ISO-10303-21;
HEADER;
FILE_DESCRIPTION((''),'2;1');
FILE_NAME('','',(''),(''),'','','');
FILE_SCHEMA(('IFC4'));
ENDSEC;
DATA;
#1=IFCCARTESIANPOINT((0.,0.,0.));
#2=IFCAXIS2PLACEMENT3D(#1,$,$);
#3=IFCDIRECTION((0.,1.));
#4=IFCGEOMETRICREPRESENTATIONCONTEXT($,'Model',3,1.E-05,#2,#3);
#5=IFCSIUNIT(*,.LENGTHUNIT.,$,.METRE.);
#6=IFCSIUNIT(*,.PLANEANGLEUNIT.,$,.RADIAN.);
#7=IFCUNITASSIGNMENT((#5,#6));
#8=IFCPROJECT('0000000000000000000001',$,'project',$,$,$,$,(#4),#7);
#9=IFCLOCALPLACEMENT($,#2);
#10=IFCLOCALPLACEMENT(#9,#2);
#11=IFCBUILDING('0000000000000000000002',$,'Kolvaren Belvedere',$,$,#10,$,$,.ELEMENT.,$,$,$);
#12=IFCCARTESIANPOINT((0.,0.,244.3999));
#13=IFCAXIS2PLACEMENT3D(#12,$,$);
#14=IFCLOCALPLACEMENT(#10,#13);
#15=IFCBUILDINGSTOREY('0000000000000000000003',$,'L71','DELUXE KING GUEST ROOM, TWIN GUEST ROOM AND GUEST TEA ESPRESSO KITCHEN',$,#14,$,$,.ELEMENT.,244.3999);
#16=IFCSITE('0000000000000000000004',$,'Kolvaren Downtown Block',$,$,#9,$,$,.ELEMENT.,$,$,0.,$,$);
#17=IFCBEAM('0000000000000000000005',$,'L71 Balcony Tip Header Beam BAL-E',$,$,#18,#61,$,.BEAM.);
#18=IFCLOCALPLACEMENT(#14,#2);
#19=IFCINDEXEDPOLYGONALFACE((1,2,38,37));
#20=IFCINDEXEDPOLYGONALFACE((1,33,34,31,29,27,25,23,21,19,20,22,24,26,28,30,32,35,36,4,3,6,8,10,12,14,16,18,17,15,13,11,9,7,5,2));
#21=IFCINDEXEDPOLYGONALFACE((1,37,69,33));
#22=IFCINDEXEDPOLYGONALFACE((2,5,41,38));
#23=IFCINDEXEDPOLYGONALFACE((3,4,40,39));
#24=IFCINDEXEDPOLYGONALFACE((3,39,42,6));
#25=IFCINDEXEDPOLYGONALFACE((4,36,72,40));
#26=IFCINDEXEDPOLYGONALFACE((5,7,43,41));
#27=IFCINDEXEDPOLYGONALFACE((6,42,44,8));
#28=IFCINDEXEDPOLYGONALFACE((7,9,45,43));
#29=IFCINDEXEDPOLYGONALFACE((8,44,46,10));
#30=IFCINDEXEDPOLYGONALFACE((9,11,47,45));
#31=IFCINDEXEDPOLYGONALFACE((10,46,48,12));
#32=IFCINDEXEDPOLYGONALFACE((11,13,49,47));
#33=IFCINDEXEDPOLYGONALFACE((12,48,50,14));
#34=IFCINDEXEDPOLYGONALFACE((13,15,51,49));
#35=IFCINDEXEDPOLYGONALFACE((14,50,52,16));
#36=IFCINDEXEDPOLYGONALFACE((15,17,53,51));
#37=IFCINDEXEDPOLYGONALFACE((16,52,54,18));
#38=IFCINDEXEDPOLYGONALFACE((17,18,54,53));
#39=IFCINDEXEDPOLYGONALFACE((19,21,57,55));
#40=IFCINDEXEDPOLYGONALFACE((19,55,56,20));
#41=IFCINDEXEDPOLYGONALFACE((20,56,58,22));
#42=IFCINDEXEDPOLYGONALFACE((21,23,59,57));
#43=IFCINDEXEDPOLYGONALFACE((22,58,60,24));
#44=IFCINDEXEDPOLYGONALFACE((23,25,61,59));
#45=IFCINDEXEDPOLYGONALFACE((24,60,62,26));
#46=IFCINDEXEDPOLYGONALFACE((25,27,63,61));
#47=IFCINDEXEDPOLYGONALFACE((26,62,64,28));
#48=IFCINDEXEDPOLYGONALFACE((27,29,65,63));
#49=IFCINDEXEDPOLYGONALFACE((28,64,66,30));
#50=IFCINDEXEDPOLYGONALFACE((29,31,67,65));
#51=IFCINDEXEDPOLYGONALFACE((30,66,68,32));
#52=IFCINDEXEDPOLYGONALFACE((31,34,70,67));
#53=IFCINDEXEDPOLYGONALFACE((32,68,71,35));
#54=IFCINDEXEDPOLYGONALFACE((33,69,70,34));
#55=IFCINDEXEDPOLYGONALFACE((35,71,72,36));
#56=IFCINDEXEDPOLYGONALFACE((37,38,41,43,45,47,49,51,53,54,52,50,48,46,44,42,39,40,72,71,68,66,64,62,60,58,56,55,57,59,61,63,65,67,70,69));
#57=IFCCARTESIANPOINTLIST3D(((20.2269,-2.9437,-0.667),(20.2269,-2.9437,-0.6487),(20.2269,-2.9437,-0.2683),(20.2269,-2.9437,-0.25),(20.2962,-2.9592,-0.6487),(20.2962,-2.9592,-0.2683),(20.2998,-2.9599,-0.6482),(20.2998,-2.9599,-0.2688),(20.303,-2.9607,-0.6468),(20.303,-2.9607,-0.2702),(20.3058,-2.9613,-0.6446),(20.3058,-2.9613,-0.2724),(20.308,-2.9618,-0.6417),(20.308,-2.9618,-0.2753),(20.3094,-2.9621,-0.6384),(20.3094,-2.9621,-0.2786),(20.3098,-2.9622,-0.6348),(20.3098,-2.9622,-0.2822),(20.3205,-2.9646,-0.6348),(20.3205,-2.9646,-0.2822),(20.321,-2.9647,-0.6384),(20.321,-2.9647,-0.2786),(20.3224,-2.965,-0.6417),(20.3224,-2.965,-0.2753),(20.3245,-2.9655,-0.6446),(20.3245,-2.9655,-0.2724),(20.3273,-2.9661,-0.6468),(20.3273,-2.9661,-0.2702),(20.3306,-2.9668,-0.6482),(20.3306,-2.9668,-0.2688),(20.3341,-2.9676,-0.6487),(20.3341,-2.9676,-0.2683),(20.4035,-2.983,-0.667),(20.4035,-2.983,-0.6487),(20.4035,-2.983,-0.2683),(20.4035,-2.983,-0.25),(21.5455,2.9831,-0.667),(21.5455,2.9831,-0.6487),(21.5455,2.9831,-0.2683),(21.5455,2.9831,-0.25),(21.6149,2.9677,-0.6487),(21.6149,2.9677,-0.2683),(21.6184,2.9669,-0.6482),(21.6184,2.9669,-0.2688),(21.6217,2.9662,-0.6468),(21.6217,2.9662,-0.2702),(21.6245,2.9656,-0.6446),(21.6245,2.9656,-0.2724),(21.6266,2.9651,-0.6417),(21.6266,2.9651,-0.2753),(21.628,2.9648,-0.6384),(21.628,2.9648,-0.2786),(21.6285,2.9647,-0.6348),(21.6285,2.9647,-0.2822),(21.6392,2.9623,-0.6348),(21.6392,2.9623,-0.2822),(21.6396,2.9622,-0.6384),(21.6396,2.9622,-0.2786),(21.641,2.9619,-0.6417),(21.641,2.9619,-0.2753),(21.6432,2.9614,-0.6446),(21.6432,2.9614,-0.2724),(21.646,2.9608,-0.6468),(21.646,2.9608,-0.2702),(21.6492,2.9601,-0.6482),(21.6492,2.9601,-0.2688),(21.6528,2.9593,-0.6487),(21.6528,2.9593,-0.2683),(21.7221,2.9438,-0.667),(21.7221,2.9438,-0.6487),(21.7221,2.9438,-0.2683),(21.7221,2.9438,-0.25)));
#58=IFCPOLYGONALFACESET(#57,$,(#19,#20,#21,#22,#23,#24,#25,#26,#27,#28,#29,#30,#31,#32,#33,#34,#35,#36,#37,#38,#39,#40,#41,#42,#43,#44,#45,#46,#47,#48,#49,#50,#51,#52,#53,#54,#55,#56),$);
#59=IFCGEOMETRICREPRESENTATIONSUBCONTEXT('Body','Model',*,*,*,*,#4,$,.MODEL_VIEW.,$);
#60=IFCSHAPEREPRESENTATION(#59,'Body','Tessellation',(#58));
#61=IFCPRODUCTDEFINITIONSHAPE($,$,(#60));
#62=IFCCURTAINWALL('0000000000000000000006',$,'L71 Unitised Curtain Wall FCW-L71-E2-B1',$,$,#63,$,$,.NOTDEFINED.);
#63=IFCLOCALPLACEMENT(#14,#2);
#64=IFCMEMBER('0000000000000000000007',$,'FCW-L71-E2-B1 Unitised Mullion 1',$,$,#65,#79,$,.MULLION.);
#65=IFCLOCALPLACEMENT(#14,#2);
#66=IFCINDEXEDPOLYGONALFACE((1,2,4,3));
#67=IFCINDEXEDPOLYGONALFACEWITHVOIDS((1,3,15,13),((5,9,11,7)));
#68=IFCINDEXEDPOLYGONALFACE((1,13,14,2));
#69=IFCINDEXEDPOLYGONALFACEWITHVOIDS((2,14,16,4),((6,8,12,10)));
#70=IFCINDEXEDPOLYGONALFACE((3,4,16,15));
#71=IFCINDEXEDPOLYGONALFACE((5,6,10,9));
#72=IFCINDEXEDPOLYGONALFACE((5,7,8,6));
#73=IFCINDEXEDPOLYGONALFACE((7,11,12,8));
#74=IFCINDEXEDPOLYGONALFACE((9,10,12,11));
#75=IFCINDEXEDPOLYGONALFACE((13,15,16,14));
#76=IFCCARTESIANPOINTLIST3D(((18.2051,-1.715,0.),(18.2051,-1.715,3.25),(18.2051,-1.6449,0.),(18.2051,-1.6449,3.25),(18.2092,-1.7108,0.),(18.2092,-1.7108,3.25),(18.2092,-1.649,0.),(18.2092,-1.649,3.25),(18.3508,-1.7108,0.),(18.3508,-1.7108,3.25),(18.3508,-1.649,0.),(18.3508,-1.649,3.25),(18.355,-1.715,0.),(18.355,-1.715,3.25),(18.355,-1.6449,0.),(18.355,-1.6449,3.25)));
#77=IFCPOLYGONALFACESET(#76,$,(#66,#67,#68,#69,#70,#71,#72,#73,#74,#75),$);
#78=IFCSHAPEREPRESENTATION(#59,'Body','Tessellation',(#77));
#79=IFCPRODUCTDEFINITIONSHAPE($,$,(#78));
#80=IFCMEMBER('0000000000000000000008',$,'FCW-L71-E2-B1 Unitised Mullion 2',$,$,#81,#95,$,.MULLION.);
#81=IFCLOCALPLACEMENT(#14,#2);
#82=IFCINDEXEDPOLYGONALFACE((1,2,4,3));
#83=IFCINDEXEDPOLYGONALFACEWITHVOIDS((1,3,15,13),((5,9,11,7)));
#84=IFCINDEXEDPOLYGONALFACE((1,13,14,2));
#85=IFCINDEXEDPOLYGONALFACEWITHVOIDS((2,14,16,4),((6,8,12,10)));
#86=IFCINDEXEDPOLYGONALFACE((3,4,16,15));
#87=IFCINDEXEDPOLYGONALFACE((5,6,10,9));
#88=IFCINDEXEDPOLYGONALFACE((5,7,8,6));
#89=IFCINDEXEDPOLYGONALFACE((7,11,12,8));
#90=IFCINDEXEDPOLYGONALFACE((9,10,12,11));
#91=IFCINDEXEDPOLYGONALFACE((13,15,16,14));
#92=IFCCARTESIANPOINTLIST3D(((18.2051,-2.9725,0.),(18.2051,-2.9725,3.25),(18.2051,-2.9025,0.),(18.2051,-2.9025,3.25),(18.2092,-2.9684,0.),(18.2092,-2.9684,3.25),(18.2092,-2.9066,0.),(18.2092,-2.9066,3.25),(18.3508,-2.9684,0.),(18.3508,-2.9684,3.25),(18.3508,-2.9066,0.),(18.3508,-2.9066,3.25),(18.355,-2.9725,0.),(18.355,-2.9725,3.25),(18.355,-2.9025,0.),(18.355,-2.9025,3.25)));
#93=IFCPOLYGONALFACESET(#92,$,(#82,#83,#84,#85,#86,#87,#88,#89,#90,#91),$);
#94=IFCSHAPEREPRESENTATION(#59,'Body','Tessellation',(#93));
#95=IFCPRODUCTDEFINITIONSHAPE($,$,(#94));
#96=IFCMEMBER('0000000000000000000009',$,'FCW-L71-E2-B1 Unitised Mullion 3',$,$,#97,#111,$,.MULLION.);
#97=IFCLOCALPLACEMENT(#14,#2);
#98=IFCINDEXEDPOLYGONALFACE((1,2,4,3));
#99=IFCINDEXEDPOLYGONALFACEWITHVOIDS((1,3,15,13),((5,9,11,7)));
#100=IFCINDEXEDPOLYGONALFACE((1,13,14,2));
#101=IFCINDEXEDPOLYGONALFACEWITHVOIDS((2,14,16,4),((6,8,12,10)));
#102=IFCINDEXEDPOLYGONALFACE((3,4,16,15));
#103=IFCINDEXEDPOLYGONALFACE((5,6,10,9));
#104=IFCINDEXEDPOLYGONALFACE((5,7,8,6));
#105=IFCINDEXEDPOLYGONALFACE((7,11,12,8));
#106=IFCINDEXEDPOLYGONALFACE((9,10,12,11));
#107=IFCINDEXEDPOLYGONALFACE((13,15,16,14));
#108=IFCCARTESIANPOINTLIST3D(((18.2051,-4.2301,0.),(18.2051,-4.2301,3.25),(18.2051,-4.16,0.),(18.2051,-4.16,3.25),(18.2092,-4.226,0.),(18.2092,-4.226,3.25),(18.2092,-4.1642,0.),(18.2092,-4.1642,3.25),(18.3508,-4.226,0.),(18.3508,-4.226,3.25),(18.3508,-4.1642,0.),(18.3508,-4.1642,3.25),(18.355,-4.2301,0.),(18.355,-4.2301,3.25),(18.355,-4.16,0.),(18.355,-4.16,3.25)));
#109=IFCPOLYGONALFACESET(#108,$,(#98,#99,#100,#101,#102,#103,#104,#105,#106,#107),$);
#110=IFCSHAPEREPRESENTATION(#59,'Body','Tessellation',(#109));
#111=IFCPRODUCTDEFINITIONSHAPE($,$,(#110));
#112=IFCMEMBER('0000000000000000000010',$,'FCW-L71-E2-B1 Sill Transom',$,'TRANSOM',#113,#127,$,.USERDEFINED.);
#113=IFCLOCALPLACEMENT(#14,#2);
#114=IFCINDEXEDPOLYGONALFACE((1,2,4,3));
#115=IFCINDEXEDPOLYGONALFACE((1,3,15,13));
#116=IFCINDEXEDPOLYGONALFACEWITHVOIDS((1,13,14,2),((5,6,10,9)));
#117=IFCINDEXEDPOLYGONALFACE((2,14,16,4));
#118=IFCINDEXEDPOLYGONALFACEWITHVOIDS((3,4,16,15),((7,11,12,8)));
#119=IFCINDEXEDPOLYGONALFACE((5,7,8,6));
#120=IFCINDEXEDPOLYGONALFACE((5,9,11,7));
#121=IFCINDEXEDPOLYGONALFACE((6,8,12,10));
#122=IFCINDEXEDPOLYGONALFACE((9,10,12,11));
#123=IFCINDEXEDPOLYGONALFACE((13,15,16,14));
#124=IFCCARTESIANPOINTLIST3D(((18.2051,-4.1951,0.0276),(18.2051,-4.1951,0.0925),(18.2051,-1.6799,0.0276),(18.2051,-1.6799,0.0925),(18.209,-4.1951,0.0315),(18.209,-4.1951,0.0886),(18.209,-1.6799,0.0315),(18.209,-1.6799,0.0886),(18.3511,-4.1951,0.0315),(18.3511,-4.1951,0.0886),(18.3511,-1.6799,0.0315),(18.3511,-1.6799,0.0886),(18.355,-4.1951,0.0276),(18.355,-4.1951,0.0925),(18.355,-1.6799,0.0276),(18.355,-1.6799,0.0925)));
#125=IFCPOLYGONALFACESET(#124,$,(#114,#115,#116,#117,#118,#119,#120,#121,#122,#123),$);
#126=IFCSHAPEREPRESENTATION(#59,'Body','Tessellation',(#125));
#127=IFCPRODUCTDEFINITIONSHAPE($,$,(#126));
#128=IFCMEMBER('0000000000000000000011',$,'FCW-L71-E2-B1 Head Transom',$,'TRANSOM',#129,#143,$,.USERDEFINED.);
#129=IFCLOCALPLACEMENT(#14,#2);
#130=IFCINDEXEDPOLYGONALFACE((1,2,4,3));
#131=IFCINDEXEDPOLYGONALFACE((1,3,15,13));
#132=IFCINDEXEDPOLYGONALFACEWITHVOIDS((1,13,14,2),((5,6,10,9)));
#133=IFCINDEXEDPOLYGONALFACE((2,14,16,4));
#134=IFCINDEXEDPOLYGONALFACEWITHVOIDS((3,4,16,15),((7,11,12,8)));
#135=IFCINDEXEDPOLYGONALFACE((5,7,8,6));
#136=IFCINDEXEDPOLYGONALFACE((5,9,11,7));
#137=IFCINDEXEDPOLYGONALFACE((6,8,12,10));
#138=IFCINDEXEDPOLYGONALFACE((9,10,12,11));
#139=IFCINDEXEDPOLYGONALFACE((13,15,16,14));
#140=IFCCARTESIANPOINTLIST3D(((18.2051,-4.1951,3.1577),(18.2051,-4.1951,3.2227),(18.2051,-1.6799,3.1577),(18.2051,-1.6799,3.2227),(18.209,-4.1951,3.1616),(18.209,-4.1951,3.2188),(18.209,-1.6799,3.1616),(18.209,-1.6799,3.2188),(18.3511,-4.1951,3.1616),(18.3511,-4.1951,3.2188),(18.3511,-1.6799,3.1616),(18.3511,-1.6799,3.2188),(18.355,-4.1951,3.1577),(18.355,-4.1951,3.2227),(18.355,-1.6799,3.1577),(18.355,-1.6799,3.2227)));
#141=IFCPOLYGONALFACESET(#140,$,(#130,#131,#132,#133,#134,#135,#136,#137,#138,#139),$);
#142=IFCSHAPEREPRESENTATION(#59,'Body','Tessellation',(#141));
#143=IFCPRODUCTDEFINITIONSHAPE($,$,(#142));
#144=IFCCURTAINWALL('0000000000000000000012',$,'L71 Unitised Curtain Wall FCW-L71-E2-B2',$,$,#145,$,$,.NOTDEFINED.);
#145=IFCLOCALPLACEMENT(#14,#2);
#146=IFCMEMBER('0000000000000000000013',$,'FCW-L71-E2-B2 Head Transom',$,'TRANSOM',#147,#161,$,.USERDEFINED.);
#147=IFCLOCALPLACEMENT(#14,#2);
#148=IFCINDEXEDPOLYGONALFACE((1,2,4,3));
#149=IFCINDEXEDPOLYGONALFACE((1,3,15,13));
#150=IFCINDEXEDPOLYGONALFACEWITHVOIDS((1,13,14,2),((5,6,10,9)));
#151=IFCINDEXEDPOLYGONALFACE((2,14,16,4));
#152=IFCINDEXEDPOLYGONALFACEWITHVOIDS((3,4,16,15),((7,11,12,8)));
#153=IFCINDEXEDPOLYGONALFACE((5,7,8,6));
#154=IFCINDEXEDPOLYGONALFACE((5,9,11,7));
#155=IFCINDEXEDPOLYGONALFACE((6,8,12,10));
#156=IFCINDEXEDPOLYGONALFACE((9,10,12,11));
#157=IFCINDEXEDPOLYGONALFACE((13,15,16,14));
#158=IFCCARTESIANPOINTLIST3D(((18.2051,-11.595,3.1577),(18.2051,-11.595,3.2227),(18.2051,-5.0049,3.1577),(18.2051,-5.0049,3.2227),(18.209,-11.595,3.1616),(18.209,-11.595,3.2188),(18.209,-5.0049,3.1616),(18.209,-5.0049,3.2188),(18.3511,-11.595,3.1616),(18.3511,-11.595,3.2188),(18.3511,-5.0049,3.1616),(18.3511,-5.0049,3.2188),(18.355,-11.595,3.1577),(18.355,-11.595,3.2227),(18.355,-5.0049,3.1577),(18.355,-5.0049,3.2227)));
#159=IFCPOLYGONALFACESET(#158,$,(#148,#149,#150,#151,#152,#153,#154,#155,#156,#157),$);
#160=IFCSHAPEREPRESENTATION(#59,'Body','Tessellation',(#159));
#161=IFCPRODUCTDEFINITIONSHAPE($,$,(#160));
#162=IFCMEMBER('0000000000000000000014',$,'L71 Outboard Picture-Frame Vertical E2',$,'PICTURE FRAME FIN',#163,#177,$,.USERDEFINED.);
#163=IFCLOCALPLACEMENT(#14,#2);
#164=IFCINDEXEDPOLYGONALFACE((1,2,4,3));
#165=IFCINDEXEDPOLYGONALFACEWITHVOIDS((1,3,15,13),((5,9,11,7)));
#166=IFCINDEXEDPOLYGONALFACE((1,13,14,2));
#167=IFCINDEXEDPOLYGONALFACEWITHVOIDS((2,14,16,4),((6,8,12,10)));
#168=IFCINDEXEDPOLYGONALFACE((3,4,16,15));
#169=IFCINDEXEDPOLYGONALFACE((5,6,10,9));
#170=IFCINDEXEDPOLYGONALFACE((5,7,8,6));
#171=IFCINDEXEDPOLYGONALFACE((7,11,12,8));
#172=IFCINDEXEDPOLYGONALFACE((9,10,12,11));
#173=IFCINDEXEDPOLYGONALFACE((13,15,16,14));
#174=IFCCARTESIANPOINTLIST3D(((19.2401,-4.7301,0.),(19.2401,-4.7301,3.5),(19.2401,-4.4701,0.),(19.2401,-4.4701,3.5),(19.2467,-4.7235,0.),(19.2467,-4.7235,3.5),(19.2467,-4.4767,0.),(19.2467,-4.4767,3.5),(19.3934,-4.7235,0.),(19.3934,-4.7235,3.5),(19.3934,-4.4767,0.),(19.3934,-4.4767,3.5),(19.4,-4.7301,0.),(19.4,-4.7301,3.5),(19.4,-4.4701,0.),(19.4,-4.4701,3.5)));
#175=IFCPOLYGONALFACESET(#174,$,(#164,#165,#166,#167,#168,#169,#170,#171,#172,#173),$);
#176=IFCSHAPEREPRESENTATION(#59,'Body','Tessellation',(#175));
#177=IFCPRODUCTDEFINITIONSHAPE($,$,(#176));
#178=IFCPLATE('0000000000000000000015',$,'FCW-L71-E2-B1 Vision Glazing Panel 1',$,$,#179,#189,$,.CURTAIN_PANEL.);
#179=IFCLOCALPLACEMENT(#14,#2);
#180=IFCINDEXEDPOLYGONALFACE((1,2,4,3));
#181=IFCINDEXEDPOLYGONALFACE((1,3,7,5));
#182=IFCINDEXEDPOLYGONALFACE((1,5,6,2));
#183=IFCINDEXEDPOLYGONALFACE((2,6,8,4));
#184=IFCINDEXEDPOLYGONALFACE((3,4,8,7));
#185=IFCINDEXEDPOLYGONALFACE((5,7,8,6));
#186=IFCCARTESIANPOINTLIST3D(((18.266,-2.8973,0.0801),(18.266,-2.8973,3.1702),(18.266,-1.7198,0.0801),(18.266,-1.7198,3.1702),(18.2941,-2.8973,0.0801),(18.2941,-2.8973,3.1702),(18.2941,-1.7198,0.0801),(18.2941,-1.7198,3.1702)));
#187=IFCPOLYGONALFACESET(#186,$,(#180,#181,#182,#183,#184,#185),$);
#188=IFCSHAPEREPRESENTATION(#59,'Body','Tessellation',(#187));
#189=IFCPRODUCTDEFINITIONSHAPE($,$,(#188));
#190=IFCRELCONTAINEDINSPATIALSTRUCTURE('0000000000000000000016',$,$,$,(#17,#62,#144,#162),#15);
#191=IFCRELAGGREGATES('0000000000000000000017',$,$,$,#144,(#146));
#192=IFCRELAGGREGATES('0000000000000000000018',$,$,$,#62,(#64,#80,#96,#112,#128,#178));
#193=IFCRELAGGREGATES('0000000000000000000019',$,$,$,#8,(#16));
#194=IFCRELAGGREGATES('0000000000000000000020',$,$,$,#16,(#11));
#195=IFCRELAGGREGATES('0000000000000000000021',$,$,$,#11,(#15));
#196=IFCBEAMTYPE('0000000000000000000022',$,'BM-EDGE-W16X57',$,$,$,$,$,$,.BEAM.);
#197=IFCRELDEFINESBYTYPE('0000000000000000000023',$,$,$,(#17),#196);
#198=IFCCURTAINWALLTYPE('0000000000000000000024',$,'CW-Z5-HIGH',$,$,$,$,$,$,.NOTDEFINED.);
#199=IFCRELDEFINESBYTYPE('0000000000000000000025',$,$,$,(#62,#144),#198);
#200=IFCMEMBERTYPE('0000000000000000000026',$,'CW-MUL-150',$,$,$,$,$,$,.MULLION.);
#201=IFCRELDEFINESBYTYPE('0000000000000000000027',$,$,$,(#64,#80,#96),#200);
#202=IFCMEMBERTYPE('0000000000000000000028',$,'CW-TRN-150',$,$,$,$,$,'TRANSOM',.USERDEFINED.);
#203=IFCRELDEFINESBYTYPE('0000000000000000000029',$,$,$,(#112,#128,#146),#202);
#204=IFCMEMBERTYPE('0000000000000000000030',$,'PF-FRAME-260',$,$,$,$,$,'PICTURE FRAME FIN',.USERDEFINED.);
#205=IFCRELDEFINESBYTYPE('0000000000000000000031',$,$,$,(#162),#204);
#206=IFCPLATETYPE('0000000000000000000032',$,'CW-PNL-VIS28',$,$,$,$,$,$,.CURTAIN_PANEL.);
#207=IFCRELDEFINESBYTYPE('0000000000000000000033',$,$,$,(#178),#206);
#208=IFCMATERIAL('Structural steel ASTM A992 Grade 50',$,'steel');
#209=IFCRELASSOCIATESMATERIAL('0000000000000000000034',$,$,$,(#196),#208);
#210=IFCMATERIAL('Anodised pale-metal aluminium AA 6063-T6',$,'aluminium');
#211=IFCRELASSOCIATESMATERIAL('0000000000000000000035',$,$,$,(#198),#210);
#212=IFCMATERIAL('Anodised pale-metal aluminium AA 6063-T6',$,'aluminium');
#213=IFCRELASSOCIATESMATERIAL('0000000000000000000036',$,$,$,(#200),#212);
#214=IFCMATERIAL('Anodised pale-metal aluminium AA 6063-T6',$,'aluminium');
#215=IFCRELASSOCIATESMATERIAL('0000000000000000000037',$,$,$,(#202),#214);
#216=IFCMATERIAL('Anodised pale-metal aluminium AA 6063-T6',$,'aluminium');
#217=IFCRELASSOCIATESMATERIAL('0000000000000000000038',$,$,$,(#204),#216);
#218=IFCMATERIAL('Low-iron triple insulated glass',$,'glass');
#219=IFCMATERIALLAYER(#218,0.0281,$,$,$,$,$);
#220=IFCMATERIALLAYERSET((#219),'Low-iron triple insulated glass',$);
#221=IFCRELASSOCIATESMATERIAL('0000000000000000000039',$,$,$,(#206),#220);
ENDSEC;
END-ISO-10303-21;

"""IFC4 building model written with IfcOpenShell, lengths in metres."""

from ifc_helpers import new_model, si_unit, direction, frame, origin, origin_2d, place, context, subcontext, project, spatial, rectangle, hollow_rectangle, i_section, extrude, material, layer, layer_set, material_profile, profile_set, type_object, element, aggregate, save


model = new_model("IFC4")

# Units and contexts
model_context = context("Model", 3, precision=1e-05, world=origin(), true_north=direction((0.0, 1.0)))
body_context = subcontext(model_context, "Body", "Model", "MODEL_VIEW")
ifc_project = project(units=[si_unit("LENGTHUNIT", "METRE"), si_unit("PLANEANGLEUNIT", "RADIAN")], contexts=[model_context])

# Site, building, storey
site_placement = place(None, origin())
site = spatial("IfcSite", under=ifc_project, at=site_placement, Name="Kolvaren Downtown Block", CompositionType="ELEMENT", RefElevation=0.0)
building_placement = place(site_placement, origin())
building = spatial("IfcBuilding", under=site, at=building_placement, Name="Kolvaren Belvedere", CompositionType="ELEMENT")
storey_placement = place(building_placement, frame((0.0, 0.0, 244.3999)))
storey = spatial("IfcBuildingStorey", under=building, at=storey_placement, Name="L71", Description="DELUXE KING GUEST ROOM, TWIN GUEST ROOM AND GUEST TEA ESPRESSO KITCHEN", CompositionType="ELEMENT", Elevation=244.3999)

# Beam
ifc_material_1 = material(Name="Structural steel ASTM A992 Grade 50", Category="steel")
ifc_material_profile_1 = material_profile(ifc_material_1, i_section(OverallWidth=0.1809, OverallDepth=0.417, WebThickness=0.011, FlangeThickness=0.0183, FilletRadius=0.0139, at=origin_2d()), Name="W16X57")
ifc_profile_set_1 = profile_set([ifc_material_profile_1], Name="Structural steel ASTM A992 Grade 50")
beam_type = type_object("IfcBeamType", Name="BM-EDGE-W16X57", PredefinedType="BEAM", material=ifc_profile_set_1)
beam_placement = place(storey_placement, frame((20.3152, -2.9634, -0.4585), z_axis=(0.217173, 0.976133, 0.0), x_axis=(-0.976133, 0.217173, 0.0)))
element("IfcBeam", 1, at=beam_placement, inside=storey, type_object=beam_type, Name="L71 Balcony Tip Header Beam BAL-E", PredefinedType="BEAM", context=body_context, shape_type="SweptSolid", body=[
    extrude(i_section(OverallWidth=0.1809, OverallDepth=0.417, WebThickness=0.011, FlangeThickness=0.0183, FilletRadius=0.0139, at=origin_2d()), origin(), (0.0, 0.0, 1.0), 6.0718),
])

# Curtain wall, members
ifc_material_2 = material(Name="Anodised pale-metal aluminium AA 6063-T6", Category="aluminium")
curtain_wall_type = type_object("IfcCurtainWallType", Name="CW-Z5-HIGH", PredefinedType="NOTDEFINED", material=ifc_material_2)
curtain_wall_1_placement = place(storey_placement, origin())
curtain_wall_1 = element("IfcCurtainWall", 2, at=curtain_wall_1_placement, inside=storey, type_object=curtain_wall_type, Name="L71 Unitised Curtain Wall FCW-L71-E2-B1", PredefinedType="NOTDEFINED")
ifc_material_3 = material(Name="Anodised pale-metal aluminium AA 6063-T6", Category="aluminium")
ifc_material_profile_2 = material_profile(ifc_material_3, hollow_rectangle(XDim=0.0701, YDim=0.1499, WallThickness=0.0042, at=origin_2d()), Name="ALU-MUL-150X70")
ifc_profile_set_2 = profile_set([ifc_material_profile_2], Name="Anodised pale-metal aluminium AA 6063-T6")
member_type_1 = type_object("IfcMemberType", Name="CW-MUL-150", PredefinedType="MULLION", material=ifc_profile_set_2)
member_1_placement = place(storey_placement, frame((18.28, -1.6799, 0.0), z_axis=(0.0, 0.0, 1.0), x_axis=(0.0, 1.0, 0.0)))
member_1 = element("IfcMember", 3, at=member_1_placement, type_object=member_type_1, Name="FCW-L71-E2-B1 Unitised Mullion 1", PredefinedType="MULLION", context=body_context, shape_type="SweptSolid", body=[
    extrude(hollow_rectangle(XDim=0.0701, YDim=0.1499, WallThickness=0.0042, at=origin_2d()), origin(), (0.0, 0.0, 1.0), 3.25),
])
member_2_placement = place(storey_placement, frame((18.28, -2.9375, 0.0), z_axis=(0.0, 0.0, 1.0), x_axis=(0.0, 1.0, 0.0)))
member_2 = element("IfcMember", 4, at=member_2_placement, type_object=member_type_1, Name="FCW-L71-E2-B1 Unitised Mullion 2", PredefinedType="MULLION", context=body_context, shape_type="SweptSolid", body=[
    extrude(hollow_rectangle(XDim=0.0701, YDim=0.1499, WallThickness=0.0042, at=origin_2d()), origin(), (0.0, 0.0, 1.0), 3.25),
])
member_3_placement = place(storey_placement, frame((18.28, -4.1951, 0.0), z_axis=(0.0, 0.0, 1.0), x_axis=(0.0, 1.0, 0.0)))
member_3 = element("IfcMember", 5, at=member_3_placement, type_object=member_type_1, Name="FCW-L71-E2-B1 Unitised Mullion 3", PredefinedType="MULLION", context=body_context, shape_type="SweptSolid", body=[
    extrude(hollow_rectangle(XDim=0.0701, YDim=0.1499, WallThickness=0.0042, at=origin_2d()), origin(), (0.0, 0.0, 1.0), 3.25),
])
ifc_material_4 = material(Name="Anodised pale-metal aluminium AA 6063-T6", Category="aluminium")
ifc_material_profile_3 = material_profile(ifc_material_4, hollow_rectangle(XDim=0.0649, YDim=0.1499, WallThickness=0.0039, at=origin_2d()), Name="ALU-TRN-150X65")
ifc_profile_set_3 = profile_set([ifc_material_profile_3], Name="Anodised pale-metal aluminium AA 6063-T6")
member_type_2 = type_object("IfcMemberType", Name="CW-TRN-150", ElementType="TRANSOM", PredefinedType="USERDEFINED", material=ifc_profile_set_3)
member_4_placement = place(storey_placement, frame((18.28, -1.6799, 0.0601), z_axis=(0.0, -1.0, 0.0), x_axis=(0.0, 0.0, 1.0)))
member_4 = element("IfcMember", 6, at=member_4_placement, type_object=member_type_2, Name="FCW-L71-E2-B1 Sill Transom", ObjectType="TRANSOM", PredefinedType="USERDEFINED", context=body_context, shape_type="SweptSolid", body=[
    extrude(hollow_rectangle(XDim=0.0649, YDim=0.1499, WallThickness=0.0039, at=origin_2d()), origin(), (0.0, 0.0, 1.0), 2.5151),
])
member_5_placement = place(storey_placement, frame((18.28, -1.6799, 3.1902), z_axis=(0.0, -1.0, 0.0), x_axis=(0.0, 0.0, 1.0)))
member_5 = element("IfcMember", 7, at=member_5_placement, type_object=member_type_2, Name="FCW-L71-E2-B1 Head Transom", ObjectType="TRANSOM", PredefinedType="USERDEFINED", context=body_context, shape_type="SweptSolid", body=[
    extrude(hollow_rectangle(XDim=0.0649, YDim=0.1499, WallThickness=0.0039, at=origin_2d()), origin(), (0.0, 0.0, 1.0), 2.5151),
])

# Curtain wall, member
curtain_wall_2_placement = place(storey_placement, origin())
curtain_wall_2 = element("IfcCurtainWall", 8, at=curtain_wall_2_placement, inside=storey, type_object=curtain_wall_type, Name="L71 Unitised Curtain Wall FCW-L71-E2-B2", PredefinedType="NOTDEFINED")
member_6_placement = place(storey_placement, frame((18.28, -5.0049, 3.1902), z_axis=(0.0, -1.0, 0.0), x_axis=(0.0, 0.0, 1.0)))
member_6 = element("IfcMember", 9, at=member_6_placement, type_object=member_type_2, Name="FCW-L71-E2-B2 Head Transom", ObjectType="TRANSOM", PredefinedType="USERDEFINED", context=body_context, shape_type="SweptSolid", body=[
    extrude(hollow_rectangle(XDim=0.0649, YDim=0.1499, WallThickness=0.0039, at=origin_2d()), origin(), (0.0, 0.0, 1.0), 6.5901),
])
aggregate(curtain_wall_2, [member_6])

# Member
ifc_material_5 = material(Name="Anodised pale-metal aluminium AA 6063-T6", Category="aluminium")
ifc_material_profile_4 = material_profile(ifc_material_5, hollow_rectangle(XDim=0.1599, YDim=0.26, WallThickness=0.0066, at=origin_2d()), Name="ALU-PF-260X160")
ifc_profile_set_4 = profile_set([ifc_material_profile_4], Name="Anodised pale-metal aluminium AA 6063-T6")
member_type_3 = type_object("IfcMemberType", Name="PF-FRAME-260", ElementType="PICTURE FRAME FIN", PredefinedType="USERDEFINED", material=ifc_profile_set_4)
member_7_placement = place(storey_placement, frame((19.3201, -4.6001, 0.0), z_axis=(0.0, 0.0, 1.0), x_axis=(1.0, 0.0, 0.0)))
element("IfcMember", 10, at=member_7_placement, inside=storey, type_object=member_type_3, Name="L71 Outboard Picture-Frame Vertical E2", ObjectType="PICTURE FRAME FIN", PredefinedType="USERDEFINED", context=body_context, shape_type="SweptSolid", body=[
    extrude(hollow_rectangle(XDim=0.1599, YDim=0.26, WallThickness=0.0066, at=origin_2d()), origin(), (0.0, 0.0, 1.0), 3.5),
])

# Plate
ifc_material_6 = material(Name="Low-iron triple insulated glass", Category="glass")
ifc_layer_1 = layer(ifc_material_6, 0.0281)
ifc_layer_set_1 = layer_set([ifc_layer_1], Name="Low-iron triple insulated glass")
plate_type_1 = type_object("IfcPlateType", Name="CW-PNL-VIS28", PredefinedType="CURTAIN_PANEL", material=ifc_layer_set_1)
plate_1_placement = place(storey_placement, frame((18.28, -2.3086, 0.0801), z_axis=(0.0, 0.0, 1.0), x_axis=(0.0, -1.0, 0.0)))
plate_1 = element("IfcPlate", 11, at=plate_1_placement, type_object=plate_type_1, Name="FCW-L71-E2-B1 Vision Glazing Panel 1", PredefinedType="CURTAIN_PANEL", context=body_context, shape_type="SweptSolid", body=[
    extrude(rectangle(XDim=1.1775, YDim=0.0281, at=origin_2d()), origin(), (0.0, 0.0, 1.0), 3.0901),
])
aggregate(curtain_wall_1, [member_1, member_2, member_3, member_4, member_5, plate_1])

save(model, "model.ifc")
